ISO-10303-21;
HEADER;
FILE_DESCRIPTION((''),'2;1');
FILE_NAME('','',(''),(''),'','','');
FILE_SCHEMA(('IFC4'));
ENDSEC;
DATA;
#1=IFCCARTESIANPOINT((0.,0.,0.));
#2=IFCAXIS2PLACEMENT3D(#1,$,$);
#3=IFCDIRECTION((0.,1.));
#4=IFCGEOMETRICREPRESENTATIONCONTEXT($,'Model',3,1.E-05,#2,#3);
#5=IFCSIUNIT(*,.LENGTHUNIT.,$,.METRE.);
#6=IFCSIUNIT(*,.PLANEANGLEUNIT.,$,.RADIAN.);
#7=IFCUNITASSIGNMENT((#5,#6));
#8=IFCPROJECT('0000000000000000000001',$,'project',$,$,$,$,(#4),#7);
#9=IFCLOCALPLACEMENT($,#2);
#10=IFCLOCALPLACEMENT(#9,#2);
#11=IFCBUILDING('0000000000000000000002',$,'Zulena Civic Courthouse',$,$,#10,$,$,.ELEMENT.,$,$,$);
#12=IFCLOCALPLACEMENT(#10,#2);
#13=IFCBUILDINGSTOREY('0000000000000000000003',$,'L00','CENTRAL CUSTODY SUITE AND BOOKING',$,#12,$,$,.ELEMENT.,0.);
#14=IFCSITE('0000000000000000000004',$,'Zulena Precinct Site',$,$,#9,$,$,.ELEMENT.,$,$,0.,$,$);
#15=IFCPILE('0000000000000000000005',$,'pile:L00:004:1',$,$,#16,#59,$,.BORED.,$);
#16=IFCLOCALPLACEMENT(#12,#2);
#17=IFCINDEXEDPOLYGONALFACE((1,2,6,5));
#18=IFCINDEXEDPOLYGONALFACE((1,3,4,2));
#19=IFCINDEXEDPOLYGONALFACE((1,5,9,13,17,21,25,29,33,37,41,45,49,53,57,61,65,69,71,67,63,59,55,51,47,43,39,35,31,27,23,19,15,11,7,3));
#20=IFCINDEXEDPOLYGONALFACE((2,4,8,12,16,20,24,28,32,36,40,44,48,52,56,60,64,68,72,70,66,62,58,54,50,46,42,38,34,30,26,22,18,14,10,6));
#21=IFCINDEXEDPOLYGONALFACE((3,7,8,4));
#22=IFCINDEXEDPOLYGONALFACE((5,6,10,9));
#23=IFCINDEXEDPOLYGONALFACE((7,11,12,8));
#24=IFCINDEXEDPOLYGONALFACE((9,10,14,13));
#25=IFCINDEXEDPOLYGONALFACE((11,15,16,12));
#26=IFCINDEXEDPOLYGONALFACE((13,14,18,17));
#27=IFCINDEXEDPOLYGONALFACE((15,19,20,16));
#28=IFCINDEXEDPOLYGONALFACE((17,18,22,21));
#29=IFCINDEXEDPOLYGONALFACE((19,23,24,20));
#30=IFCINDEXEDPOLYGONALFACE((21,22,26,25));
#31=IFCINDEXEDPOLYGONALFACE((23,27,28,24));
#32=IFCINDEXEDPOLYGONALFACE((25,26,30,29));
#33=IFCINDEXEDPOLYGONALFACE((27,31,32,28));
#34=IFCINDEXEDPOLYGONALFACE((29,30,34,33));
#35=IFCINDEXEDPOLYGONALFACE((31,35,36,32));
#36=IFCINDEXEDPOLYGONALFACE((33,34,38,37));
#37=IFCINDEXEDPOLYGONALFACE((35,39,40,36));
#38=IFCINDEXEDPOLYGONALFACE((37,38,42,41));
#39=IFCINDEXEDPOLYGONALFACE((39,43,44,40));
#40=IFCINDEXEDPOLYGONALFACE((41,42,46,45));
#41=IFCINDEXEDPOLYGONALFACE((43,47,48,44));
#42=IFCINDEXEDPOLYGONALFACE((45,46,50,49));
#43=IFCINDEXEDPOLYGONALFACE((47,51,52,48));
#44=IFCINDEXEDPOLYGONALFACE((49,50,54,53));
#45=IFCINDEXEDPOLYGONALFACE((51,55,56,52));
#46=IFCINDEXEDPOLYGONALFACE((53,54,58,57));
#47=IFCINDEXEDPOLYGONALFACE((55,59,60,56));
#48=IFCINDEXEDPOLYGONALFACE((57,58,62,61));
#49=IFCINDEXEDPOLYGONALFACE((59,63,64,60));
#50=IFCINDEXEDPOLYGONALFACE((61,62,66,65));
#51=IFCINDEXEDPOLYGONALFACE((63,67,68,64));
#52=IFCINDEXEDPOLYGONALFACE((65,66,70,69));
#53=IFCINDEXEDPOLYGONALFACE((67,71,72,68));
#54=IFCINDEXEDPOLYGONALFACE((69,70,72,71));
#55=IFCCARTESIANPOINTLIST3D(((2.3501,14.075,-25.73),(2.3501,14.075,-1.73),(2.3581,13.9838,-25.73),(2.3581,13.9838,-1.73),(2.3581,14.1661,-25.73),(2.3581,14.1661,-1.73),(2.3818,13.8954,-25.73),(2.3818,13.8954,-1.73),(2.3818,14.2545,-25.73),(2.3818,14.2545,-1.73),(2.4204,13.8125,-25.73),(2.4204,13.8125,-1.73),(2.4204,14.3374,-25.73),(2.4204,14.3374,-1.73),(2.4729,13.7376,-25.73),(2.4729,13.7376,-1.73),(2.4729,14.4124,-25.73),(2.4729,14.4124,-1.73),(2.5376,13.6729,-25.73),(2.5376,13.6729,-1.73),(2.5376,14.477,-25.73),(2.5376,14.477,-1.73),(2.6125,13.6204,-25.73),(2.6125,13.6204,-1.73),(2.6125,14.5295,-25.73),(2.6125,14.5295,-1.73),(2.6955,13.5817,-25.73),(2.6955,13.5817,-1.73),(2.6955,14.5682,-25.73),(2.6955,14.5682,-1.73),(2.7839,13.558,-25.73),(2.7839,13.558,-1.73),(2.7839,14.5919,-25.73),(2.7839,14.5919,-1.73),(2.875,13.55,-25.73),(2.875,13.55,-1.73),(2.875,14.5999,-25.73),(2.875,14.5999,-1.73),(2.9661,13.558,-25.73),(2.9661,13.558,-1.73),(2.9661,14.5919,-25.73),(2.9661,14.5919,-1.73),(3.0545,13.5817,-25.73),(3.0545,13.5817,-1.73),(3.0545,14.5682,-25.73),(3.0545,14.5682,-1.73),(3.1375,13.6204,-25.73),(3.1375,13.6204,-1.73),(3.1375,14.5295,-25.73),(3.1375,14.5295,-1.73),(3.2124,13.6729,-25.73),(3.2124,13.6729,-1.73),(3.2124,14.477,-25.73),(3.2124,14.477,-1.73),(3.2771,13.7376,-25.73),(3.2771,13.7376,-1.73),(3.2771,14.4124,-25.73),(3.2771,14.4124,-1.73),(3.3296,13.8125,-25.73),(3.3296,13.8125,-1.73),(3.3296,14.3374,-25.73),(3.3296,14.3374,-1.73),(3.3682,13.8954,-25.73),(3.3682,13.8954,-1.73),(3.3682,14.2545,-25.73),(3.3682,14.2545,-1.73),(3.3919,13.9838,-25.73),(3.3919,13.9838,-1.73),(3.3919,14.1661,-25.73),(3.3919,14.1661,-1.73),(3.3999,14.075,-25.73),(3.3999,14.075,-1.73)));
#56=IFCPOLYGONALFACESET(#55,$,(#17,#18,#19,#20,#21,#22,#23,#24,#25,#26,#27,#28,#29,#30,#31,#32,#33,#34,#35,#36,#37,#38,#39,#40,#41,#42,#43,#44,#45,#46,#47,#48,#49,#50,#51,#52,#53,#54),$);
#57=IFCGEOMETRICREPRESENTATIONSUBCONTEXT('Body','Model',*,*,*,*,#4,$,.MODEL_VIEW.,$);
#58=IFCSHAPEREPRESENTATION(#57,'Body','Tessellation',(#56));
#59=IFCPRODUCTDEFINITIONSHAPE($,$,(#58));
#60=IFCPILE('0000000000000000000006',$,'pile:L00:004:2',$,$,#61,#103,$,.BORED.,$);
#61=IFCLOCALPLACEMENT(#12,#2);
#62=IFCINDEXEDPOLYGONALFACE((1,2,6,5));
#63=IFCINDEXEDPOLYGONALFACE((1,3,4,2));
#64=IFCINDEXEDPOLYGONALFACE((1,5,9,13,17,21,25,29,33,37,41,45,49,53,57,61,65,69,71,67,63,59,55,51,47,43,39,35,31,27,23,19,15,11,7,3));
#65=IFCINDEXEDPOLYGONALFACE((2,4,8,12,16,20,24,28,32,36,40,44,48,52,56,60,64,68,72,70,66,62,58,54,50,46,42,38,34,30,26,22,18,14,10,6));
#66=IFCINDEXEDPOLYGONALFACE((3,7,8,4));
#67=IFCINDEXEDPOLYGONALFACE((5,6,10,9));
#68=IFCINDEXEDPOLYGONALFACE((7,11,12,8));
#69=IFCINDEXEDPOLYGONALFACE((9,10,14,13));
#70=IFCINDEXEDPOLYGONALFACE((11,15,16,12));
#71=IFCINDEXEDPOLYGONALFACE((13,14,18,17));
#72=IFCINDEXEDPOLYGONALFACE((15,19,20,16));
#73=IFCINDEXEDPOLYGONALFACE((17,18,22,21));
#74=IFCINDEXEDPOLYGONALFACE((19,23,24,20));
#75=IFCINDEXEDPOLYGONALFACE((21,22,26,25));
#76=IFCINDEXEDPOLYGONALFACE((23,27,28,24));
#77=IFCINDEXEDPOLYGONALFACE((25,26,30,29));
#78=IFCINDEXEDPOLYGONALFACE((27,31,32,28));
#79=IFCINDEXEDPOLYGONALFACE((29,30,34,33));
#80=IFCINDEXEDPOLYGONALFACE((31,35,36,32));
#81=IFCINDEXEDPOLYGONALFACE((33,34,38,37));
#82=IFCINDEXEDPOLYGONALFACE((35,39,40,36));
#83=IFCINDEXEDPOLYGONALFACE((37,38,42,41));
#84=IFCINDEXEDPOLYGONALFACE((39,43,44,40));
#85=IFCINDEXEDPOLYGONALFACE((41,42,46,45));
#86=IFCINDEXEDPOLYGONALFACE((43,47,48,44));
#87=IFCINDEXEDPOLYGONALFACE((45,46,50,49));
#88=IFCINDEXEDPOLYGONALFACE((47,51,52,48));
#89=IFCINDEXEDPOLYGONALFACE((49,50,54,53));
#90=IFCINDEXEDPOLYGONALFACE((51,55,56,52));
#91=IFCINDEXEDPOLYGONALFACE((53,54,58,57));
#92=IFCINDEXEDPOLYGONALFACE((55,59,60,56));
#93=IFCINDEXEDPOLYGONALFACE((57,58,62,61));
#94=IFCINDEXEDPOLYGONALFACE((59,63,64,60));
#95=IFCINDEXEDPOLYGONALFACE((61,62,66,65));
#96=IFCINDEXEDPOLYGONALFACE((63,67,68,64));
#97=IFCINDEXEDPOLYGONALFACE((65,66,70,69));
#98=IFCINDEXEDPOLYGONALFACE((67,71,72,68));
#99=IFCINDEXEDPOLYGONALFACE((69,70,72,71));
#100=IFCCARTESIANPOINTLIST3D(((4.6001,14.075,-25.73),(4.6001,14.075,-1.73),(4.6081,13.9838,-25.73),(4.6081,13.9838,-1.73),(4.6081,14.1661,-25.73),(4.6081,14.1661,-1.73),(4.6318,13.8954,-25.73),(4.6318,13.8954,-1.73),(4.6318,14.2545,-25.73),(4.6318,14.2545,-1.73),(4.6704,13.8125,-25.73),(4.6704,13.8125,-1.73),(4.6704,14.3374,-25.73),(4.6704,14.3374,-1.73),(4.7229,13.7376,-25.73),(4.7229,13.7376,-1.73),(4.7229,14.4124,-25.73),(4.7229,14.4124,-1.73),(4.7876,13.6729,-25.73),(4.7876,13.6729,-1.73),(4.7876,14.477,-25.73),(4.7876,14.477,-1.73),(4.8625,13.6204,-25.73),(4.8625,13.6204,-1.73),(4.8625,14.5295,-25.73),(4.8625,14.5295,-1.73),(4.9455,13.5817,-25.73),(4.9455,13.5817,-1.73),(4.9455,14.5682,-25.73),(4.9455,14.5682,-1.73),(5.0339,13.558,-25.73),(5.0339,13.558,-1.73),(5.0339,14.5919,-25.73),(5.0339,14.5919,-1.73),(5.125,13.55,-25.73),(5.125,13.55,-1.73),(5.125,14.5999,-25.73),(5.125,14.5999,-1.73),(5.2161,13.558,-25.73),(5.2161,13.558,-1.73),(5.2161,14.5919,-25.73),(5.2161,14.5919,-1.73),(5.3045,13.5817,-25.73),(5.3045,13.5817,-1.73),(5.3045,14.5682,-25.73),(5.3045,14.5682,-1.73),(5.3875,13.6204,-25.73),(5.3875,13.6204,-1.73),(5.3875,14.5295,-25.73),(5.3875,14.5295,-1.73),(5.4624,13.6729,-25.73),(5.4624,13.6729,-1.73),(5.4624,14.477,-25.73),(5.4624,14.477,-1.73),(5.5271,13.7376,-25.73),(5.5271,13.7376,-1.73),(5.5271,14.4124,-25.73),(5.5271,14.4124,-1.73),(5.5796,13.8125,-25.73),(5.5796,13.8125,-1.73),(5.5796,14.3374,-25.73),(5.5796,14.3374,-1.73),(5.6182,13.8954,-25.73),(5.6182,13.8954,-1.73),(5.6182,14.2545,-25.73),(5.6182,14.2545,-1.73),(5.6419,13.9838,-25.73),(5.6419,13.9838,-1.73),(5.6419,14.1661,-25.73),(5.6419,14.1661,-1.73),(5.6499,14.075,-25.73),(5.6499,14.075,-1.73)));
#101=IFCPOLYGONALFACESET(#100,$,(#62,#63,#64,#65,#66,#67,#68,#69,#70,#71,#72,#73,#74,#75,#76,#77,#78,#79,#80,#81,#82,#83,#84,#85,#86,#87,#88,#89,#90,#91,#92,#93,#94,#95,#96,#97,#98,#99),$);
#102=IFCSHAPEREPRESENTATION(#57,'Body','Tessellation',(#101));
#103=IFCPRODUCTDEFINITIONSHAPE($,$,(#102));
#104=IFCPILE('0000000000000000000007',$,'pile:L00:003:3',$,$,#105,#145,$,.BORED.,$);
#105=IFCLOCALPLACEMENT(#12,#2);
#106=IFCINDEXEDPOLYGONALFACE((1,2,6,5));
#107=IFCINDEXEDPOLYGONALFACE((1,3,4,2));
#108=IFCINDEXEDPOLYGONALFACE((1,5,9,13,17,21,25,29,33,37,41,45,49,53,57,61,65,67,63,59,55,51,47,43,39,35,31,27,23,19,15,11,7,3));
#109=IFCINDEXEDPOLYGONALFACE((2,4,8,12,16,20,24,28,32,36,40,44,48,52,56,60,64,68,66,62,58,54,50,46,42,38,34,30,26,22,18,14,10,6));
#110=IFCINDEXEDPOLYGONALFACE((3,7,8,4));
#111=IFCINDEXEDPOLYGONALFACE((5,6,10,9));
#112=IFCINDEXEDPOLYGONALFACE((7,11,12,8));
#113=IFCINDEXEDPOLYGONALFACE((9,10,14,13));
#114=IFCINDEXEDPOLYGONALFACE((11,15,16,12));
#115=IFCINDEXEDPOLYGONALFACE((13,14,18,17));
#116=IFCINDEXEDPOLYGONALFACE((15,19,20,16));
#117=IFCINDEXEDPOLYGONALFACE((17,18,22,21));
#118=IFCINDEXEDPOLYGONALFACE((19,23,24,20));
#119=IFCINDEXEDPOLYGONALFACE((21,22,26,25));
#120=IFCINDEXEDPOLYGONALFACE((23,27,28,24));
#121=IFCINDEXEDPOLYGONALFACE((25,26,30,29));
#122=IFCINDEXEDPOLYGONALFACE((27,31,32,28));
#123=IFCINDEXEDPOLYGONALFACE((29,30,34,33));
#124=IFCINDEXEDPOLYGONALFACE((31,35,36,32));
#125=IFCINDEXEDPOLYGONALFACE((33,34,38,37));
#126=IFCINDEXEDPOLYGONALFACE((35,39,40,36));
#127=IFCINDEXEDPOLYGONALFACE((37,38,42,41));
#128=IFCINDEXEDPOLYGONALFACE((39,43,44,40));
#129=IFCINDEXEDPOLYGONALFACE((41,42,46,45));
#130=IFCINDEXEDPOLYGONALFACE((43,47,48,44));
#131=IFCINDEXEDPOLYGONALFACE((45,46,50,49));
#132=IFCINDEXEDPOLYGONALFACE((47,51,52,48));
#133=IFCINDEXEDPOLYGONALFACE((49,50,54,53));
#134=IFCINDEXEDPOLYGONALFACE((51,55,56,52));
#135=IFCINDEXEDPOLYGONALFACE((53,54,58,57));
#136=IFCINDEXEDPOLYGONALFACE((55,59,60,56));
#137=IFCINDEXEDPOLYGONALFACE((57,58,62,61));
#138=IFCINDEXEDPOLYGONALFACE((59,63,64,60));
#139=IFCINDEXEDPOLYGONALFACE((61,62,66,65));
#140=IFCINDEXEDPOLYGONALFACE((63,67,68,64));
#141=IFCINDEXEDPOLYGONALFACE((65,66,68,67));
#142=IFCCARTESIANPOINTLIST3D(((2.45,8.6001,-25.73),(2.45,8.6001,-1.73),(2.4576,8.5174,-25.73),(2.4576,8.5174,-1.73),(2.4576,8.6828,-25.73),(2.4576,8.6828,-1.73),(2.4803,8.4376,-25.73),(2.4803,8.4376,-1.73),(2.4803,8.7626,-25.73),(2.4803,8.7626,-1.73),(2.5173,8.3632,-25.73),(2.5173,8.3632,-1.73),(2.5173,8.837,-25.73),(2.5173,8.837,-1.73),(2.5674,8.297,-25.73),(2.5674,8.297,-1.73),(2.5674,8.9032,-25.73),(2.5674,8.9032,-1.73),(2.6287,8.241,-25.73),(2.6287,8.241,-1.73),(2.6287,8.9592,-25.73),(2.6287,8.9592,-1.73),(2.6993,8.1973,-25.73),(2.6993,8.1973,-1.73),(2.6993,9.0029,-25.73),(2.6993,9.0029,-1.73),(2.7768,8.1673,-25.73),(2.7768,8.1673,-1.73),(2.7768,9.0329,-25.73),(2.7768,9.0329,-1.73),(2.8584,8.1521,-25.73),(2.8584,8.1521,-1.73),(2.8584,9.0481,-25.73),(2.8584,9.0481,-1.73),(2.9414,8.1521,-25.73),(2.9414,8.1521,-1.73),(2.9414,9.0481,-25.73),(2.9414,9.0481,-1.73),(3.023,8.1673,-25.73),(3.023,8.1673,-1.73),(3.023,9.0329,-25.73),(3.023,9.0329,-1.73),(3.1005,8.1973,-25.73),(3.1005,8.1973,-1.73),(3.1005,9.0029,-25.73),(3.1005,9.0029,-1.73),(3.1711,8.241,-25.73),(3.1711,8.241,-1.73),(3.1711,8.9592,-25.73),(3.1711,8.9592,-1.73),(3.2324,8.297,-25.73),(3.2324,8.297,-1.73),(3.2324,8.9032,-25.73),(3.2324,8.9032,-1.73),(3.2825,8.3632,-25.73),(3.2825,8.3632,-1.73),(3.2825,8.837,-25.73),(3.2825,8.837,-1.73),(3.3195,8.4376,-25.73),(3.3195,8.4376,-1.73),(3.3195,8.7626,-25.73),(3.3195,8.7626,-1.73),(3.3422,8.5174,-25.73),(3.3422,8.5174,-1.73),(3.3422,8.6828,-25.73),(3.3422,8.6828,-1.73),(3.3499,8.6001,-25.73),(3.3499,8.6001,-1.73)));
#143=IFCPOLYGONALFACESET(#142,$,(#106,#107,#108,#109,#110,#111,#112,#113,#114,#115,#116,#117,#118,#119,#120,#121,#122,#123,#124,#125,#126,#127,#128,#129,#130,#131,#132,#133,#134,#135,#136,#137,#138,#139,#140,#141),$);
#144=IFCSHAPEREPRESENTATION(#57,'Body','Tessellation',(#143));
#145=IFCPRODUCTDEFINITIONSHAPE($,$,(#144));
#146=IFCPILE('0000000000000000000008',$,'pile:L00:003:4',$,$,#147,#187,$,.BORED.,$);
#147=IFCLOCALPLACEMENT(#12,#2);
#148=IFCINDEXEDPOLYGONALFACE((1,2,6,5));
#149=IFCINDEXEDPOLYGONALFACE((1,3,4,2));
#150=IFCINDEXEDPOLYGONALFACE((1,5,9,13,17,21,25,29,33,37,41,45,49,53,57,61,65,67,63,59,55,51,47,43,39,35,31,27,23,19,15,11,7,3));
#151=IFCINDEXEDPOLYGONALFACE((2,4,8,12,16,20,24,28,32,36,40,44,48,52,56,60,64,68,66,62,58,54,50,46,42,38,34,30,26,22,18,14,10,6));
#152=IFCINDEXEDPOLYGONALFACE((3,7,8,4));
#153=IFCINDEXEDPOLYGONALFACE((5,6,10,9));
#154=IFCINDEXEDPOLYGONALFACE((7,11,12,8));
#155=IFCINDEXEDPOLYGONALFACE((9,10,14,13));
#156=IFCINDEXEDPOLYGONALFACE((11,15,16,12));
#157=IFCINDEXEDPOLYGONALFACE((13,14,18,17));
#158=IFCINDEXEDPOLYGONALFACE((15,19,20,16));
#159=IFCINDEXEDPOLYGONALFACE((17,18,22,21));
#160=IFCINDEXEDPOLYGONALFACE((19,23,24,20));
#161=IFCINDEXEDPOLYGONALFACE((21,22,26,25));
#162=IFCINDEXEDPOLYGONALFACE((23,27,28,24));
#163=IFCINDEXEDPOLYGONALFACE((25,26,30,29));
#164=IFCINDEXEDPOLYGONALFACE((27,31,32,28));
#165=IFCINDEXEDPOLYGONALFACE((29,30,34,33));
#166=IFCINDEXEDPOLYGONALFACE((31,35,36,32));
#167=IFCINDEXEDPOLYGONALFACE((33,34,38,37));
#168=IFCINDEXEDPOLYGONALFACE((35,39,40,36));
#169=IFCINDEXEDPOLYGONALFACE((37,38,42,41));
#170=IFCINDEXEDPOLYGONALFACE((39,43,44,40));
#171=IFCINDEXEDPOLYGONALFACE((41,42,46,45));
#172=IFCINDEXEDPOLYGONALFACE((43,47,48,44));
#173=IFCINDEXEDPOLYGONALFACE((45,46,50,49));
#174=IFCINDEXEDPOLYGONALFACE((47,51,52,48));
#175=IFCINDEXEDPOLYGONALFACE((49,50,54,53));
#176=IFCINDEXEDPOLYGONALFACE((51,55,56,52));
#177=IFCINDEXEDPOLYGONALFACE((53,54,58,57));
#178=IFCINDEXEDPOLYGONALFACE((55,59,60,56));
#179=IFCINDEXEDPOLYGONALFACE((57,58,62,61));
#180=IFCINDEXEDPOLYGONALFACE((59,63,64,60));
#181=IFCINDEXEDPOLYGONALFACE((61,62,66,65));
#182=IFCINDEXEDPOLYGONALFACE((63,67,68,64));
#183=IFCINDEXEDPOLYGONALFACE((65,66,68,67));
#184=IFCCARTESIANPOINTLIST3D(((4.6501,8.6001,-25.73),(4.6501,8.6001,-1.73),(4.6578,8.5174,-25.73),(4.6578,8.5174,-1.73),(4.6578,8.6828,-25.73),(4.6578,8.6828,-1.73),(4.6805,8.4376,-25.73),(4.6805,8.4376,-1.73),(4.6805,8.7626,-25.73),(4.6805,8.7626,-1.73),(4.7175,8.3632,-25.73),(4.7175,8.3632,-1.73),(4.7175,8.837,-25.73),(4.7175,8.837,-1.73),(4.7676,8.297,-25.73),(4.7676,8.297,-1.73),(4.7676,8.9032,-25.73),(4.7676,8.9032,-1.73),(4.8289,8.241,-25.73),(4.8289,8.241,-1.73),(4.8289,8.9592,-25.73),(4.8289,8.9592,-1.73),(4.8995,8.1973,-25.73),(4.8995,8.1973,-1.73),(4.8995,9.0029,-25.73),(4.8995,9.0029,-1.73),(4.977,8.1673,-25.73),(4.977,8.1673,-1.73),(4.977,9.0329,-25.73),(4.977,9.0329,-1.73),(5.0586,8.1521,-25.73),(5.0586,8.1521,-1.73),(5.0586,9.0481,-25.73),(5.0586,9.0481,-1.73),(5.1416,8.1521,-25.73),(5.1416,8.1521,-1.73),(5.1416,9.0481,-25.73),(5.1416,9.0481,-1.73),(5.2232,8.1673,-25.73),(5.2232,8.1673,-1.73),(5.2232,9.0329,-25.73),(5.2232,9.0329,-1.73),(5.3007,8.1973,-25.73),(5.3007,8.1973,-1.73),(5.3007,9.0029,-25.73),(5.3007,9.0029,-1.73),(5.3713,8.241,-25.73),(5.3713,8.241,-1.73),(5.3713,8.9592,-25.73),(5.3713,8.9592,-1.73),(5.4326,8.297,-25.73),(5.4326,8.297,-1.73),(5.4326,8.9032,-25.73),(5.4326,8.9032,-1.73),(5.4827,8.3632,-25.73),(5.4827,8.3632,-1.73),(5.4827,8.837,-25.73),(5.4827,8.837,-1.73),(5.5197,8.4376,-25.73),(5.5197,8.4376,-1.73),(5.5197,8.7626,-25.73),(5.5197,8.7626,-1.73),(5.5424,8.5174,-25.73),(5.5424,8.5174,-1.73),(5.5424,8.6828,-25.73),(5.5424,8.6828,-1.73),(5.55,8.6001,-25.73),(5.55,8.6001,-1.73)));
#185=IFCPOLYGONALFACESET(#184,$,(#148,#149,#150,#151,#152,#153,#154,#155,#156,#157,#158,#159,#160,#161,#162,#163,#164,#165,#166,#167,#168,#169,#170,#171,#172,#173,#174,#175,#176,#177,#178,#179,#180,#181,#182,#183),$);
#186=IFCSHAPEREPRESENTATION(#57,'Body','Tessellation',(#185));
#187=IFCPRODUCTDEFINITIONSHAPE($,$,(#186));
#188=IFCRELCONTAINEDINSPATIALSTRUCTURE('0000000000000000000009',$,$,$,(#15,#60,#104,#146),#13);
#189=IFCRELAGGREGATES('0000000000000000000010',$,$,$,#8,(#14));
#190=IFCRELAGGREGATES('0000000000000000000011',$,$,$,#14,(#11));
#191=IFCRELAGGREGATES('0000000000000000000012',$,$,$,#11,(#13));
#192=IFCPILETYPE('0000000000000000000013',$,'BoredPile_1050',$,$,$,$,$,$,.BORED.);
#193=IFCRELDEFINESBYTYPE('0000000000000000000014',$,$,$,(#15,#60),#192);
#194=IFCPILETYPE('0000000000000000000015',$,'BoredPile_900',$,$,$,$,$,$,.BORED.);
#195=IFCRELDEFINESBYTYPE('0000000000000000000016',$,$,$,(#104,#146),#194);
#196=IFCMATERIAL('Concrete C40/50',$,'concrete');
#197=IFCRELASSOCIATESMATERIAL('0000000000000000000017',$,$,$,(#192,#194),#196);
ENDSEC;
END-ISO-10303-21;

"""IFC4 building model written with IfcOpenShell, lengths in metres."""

from ifc_helpers import new_model, si_unit, direction, frame, origin, origin_2d, place, context, subcontext, project, spatial, circle, extrude, material, material_profile, profile_set, type_object, element, save


model = new_model("IFC4")

# Units and contexts
model_context = context("Model", 3, precision=1e-05, world=origin(), true_north=direction((0.0, 1.0)))
body_context = subcontext(model_context, "Body", "Model", "MODEL_VIEW")
ifc_project = project(units=[si_unit("LENGTHUNIT", "METRE"), si_unit("PLANEANGLEUNIT", "RADIAN")], contexts=[model_context])

# Site, building, storey
site_placement = place(None, origin())
site = spatial("IfcSite", under=ifc_project, at=site_placement, Name="Zulena Precinct Site", CompositionType="ELEMENT", RefElevation=0.0)
building_placement = place(site_placement, origin())
building = spatial("IfcBuilding", under=site, at=building_placement, Name="Zulena Civic Courthouse", CompositionType="ELEMENT")
storey_placement = place(building_placement, origin())
storey = spatial("IfcBuildingStorey", under=building, at=storey_placement, Name="L00", Description="CENTRAL CUSTODY SUITE AND BOOKING", CompositionType="ELEMENT", Elevation=0.0)

# Piles
ifc_material_1 = material(Name="Concrete C40/50", Category="concrete")
ifc_material_profile_1 = material_profile(ifc_material_1, circle(Radius=0.5249, at=origin_2d()), Name="PILE1050")
ifc_profile_set_1 = profile_set([ifc_material_profile_1], Name="Concrete C40/50")
pile_type_1 = type_object("IfcPileType", Name="BoredPile_1050", PredefinedType="BORED", material=ifc_profile_set_1)
for number, where, z_axis, x_axis, name in (
    (1, (2.875, 14.075, -1.73), (0.0, 0.0, -1.0), (1.0, 0.0, 0.0), "pile:L00:004:1"),
    (2, (5.125, 14.075, -1.73), (0.0, 0.0, -1.0), (1.0, 0.0, 0.0), "pile:L00:004:2"),
):
    element("IfcPile", number, at=place(storey_placement, frame(where, z_axis=z_axis, x_axis=x_axis)), inside=storey, type_object=pile_type_1, Name=name, PredefinedType="BORED", context=body_context, shape_type="SweptSolid", body=[
        extrude(circle(Radius=0.5249, at=origin_2d()), origin(), (0.0, 0.0, 1.0), 24.0),
    ])
ifc_material_profile_2 = material_profile(ifc_material_1, circle(Radius=0.45, at=origin_2d()), Name="PILE900")
ifc_profile_set_2 = profile_set([ifc_material_profile_2], Name="Concrete C40/50")
pile_type_2 = type_object("IfcPileType", Name="BoredPile_900", PredefinedType="BORED", material=ifc_profile_set_2)
for number, where, z_axis, x_axis, name in (
    (3, (2.8999, 8.6001, -1.73), (0.0, 0.0, -1.0), (1.0, 0.0, 0.0), "pile:L00:003:3"),
    (4, (5.1001, 8.6001, -1.73), (0.0, 0.0, -1.0), (1.0, 0.0, 0.0), "pile:L00:003:4"),
):
    element("IfcPile", number, at=place(storey_placement, frame(where, z_axis=z_axis, x_axis=x_axis)), inside=storey, type_object=pile_type_2, Name=name, PredefinedType="BORED", context=body_context, shape_type="SweptSolid", body=[
        extrude(circle(Radius=0.45, at=origin_2d()), origin(), (0.0, 0.0, 1.0), 24.0),
    ])

save(model, "model.ifc")
